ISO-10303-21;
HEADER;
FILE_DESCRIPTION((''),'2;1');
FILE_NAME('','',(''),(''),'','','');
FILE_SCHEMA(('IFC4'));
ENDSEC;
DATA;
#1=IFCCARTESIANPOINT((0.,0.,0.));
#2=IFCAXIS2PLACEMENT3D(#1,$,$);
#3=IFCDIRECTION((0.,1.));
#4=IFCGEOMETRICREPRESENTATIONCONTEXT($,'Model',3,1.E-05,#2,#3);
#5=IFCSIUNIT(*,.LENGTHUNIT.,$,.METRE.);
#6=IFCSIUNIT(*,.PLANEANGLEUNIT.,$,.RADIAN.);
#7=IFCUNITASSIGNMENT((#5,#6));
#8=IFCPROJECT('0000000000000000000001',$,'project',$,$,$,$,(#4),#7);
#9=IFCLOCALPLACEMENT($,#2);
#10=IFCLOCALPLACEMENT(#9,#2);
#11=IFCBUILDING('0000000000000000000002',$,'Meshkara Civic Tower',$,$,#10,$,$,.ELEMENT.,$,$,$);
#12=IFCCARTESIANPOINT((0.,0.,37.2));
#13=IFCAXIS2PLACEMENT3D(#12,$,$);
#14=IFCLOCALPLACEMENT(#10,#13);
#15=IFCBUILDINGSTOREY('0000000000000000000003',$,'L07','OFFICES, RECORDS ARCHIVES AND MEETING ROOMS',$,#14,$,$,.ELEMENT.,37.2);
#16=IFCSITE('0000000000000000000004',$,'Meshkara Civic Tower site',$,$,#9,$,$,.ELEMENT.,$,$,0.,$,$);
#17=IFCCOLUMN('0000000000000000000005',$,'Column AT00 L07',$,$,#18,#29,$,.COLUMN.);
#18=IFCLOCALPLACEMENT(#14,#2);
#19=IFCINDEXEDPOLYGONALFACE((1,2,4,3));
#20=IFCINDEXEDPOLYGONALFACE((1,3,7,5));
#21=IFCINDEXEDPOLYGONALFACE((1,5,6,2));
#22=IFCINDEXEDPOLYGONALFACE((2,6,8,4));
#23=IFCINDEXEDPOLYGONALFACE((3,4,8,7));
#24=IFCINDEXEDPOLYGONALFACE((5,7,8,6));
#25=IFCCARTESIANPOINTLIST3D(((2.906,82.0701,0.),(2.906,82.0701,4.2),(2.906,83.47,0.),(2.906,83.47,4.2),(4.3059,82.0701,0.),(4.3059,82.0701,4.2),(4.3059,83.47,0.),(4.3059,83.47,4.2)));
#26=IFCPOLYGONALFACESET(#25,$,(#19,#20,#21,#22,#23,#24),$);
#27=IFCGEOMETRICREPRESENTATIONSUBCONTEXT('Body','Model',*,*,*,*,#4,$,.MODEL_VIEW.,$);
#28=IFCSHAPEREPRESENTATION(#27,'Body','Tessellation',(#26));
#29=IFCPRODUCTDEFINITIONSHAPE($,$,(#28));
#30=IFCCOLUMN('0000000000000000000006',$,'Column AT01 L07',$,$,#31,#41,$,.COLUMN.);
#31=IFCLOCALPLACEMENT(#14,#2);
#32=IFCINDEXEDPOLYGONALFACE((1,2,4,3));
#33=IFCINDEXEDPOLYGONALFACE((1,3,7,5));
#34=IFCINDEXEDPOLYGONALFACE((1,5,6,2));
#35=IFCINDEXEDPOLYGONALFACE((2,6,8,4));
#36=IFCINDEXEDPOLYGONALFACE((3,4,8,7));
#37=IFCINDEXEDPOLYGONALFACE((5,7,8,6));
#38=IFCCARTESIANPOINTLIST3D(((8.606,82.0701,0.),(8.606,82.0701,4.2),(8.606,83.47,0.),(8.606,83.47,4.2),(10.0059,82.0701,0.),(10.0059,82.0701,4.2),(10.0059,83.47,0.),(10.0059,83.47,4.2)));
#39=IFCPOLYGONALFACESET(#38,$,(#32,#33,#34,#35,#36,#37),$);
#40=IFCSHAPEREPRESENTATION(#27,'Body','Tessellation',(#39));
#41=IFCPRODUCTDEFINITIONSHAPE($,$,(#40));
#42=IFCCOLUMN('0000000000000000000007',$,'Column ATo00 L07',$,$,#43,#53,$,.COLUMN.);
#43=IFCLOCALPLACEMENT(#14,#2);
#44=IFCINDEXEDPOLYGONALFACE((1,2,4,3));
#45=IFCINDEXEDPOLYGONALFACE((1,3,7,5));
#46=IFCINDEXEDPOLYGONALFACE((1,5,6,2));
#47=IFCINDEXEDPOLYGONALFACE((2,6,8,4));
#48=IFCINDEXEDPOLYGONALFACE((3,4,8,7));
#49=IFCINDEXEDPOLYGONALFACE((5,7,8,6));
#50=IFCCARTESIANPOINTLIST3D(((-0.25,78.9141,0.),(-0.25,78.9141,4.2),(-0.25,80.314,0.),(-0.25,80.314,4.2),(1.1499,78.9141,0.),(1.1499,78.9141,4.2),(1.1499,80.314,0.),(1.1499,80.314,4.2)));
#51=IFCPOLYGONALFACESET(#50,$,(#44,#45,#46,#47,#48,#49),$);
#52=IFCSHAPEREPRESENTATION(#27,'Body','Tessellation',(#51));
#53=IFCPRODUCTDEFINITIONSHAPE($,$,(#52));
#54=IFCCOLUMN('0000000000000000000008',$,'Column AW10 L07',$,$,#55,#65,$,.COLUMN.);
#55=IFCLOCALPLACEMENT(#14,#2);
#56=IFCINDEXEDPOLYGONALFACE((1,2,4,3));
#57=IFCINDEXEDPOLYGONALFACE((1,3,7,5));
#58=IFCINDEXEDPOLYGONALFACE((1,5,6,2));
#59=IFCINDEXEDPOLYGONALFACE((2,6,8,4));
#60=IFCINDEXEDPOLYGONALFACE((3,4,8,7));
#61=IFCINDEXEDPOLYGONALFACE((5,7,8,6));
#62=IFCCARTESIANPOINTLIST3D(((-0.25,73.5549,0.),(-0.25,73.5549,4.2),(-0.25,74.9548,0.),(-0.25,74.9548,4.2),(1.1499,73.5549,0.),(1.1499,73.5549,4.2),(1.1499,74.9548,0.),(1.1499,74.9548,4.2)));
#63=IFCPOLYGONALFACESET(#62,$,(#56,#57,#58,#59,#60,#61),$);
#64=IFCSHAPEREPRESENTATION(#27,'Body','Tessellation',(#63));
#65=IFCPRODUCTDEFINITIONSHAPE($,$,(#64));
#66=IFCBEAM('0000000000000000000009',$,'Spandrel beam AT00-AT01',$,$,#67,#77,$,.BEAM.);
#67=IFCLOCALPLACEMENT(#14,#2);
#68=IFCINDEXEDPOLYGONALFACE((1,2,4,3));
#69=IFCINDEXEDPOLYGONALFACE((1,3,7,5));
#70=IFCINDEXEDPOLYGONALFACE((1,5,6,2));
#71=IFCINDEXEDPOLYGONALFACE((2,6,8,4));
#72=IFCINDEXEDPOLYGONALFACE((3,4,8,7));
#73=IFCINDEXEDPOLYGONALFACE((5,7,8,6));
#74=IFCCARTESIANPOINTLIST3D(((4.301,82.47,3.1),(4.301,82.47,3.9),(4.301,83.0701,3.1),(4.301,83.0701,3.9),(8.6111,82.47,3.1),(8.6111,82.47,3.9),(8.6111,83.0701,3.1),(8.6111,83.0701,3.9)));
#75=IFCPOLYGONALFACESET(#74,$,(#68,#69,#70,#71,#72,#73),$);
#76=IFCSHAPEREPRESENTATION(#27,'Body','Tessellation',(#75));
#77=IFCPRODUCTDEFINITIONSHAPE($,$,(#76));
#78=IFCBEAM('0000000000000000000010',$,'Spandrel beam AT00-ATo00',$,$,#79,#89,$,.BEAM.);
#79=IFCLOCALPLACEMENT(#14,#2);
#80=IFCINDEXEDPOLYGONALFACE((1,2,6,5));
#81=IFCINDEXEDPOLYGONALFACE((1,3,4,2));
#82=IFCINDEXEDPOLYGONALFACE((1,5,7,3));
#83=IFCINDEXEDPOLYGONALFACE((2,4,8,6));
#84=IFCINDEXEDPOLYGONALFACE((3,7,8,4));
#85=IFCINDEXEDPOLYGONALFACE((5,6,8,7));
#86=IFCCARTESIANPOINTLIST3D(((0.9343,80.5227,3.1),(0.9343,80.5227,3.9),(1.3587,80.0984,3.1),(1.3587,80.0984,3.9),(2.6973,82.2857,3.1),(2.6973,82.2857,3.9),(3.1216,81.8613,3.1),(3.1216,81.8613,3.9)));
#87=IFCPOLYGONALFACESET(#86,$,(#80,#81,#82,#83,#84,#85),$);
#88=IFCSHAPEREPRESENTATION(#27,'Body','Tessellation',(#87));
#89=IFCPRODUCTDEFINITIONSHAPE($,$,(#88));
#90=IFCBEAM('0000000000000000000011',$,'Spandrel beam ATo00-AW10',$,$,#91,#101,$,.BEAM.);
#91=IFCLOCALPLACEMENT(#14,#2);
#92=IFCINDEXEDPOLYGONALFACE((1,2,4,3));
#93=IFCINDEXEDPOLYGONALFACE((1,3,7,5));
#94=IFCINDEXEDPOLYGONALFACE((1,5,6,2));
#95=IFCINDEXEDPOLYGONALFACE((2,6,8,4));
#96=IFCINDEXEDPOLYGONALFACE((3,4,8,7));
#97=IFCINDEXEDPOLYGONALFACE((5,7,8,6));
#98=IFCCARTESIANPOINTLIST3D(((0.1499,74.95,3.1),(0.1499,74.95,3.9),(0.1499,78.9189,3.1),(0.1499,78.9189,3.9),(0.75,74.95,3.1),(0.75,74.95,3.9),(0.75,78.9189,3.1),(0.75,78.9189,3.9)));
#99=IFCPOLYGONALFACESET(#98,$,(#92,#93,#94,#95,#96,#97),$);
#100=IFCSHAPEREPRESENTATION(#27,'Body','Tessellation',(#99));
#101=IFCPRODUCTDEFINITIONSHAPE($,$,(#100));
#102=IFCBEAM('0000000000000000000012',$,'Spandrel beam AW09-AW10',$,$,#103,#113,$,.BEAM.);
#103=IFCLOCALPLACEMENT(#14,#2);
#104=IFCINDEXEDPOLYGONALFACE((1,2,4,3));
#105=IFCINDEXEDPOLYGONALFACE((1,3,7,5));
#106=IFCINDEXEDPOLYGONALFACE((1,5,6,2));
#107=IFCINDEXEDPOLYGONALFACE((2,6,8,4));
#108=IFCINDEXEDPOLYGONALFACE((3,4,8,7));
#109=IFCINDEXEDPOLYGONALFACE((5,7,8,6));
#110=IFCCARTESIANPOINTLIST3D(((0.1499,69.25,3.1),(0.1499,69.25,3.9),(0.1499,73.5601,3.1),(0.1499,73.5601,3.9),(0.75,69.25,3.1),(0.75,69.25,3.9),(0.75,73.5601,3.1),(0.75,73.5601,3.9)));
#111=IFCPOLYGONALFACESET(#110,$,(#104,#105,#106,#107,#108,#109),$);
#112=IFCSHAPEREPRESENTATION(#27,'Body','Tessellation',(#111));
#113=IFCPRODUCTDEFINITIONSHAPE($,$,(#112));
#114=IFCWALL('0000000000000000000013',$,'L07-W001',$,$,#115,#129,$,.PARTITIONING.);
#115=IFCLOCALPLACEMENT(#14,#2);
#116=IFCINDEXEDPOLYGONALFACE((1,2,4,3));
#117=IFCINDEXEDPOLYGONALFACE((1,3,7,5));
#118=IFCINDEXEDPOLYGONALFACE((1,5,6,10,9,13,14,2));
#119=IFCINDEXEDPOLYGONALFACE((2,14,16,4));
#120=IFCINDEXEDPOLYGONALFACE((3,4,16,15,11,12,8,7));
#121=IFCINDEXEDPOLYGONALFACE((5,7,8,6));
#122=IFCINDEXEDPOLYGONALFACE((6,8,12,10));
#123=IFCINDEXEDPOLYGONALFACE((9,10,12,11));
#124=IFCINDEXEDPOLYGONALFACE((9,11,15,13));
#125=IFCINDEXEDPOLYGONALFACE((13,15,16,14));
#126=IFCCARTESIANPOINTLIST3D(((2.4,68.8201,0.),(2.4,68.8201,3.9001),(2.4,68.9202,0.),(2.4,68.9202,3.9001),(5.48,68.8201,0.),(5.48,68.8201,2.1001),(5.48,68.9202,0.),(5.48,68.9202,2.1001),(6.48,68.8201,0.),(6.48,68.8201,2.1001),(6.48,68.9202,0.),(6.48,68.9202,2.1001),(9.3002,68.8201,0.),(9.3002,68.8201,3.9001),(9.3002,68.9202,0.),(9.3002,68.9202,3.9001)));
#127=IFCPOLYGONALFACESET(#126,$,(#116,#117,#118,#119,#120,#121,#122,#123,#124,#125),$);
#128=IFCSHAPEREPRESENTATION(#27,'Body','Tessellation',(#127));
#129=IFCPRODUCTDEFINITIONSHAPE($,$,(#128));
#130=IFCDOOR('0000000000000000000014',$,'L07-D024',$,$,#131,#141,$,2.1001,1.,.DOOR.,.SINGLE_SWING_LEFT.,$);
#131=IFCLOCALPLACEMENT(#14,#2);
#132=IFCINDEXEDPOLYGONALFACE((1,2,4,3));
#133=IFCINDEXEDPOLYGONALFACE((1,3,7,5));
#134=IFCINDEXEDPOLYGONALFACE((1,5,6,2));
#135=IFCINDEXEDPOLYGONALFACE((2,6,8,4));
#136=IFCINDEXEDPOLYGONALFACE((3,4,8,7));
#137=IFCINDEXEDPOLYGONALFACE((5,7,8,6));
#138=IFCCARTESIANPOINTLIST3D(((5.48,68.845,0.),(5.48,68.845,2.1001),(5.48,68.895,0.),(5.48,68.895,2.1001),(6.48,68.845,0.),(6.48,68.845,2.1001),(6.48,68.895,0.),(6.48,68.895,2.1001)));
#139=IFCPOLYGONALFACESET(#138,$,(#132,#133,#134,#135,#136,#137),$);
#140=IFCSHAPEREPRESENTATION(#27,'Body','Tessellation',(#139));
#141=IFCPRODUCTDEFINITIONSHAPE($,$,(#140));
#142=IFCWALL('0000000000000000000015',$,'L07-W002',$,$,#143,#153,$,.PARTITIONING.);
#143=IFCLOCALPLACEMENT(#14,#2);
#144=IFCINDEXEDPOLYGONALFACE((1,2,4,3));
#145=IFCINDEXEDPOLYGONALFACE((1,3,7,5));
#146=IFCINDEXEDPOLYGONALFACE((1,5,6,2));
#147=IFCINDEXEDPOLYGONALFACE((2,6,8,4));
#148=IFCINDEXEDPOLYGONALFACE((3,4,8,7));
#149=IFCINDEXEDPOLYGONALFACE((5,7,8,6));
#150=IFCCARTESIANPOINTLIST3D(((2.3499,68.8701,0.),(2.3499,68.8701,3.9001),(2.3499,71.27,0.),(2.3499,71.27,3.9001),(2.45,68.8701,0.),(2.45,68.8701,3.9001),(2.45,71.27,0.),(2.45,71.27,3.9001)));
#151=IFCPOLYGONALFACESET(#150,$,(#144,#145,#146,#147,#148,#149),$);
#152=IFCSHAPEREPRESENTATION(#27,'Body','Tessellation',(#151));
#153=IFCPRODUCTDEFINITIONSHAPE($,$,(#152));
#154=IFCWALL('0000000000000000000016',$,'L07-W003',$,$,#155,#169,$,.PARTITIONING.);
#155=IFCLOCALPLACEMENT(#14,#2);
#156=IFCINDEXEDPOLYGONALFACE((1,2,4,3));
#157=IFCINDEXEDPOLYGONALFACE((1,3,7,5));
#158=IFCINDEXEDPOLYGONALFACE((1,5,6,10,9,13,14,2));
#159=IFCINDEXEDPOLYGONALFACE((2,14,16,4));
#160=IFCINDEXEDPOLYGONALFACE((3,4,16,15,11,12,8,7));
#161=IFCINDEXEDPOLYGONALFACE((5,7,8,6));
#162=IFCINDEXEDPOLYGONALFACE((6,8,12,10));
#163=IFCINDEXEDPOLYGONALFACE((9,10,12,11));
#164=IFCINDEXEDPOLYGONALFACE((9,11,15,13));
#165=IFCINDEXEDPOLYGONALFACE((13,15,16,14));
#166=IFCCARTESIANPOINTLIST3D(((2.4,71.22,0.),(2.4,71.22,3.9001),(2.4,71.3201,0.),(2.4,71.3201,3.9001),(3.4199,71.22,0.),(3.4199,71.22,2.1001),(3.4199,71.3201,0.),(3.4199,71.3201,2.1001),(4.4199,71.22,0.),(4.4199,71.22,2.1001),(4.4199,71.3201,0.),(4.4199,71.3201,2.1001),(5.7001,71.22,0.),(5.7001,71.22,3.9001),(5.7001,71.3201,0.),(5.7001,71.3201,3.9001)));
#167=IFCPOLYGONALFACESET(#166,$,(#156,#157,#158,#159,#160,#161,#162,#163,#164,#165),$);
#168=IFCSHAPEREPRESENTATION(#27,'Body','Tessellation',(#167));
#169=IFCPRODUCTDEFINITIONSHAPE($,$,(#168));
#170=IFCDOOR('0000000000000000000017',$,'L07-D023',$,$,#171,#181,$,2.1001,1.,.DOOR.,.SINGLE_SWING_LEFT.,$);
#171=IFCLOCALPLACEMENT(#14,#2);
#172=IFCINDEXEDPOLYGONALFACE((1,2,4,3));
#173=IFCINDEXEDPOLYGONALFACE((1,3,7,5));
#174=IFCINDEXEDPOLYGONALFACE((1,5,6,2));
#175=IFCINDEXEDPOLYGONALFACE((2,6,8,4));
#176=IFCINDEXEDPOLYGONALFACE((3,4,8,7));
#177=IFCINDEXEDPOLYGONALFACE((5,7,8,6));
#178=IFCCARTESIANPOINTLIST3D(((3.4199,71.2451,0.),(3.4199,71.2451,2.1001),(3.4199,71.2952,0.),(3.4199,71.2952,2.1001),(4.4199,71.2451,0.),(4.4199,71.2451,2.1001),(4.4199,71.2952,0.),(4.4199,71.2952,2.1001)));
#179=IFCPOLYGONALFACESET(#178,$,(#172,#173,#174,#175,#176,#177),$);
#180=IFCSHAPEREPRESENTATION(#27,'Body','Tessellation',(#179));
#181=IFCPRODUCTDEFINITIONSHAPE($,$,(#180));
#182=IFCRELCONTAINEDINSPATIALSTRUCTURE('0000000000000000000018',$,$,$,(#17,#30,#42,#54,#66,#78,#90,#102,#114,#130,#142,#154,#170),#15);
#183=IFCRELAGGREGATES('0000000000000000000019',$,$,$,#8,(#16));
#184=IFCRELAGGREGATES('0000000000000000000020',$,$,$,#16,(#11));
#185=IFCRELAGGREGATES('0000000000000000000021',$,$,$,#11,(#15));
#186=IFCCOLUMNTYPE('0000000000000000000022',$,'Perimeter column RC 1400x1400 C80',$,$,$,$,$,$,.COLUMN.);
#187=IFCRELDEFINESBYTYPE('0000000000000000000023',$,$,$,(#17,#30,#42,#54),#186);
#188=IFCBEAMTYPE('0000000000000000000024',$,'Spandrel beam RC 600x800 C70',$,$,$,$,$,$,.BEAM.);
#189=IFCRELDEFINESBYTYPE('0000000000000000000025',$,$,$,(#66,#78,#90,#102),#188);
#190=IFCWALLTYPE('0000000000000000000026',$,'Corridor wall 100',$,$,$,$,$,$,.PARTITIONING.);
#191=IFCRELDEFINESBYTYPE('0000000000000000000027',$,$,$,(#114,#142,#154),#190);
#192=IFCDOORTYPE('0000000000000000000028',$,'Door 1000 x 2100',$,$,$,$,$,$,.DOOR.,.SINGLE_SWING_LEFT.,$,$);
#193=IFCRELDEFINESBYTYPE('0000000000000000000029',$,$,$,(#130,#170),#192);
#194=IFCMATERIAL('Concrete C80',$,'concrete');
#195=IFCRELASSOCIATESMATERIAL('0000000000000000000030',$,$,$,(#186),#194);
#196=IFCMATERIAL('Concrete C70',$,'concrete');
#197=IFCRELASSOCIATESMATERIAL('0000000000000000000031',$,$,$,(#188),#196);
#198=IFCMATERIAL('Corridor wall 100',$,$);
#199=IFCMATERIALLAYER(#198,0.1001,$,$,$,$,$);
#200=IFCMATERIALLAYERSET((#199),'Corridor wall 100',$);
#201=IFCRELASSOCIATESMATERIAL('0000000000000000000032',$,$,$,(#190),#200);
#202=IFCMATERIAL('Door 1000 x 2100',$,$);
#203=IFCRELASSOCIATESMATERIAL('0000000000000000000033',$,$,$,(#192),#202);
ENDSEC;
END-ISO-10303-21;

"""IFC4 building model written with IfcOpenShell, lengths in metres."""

from ifc_helpers import new_model, si_unit, direction, frame, frame_2d, origin, origin_2d, place, context, subcontext, project, spatial, rectangle, extrude, material, layer, layer_set, material_profile, profile_set, type_object, element, fill, save


model = new_model("IFC4")

# Units and contexts
model_context = context("Model", 3, precision=1e-05, world=origin(), true_north=direction((0.0, 1.0)))
body_context = subcontext(model_context, "Body", "Model", "MODEL_VIEW")
ifc_project = project(units=[si_unit("LENGTHUNIT", "METRE"), si_unit("PLANEANGLEUNIT", "RADIAN")], contexts=[model_context])

# Site, building, storey
site_placement = place(None, origin())
site = spatial("IfcSite", under=ifc_project, at=site_placement, Name="Meshkara Civic Tower site", CompositionType="ELEMENT", RefElevation=0.0)
building_placement = place(site_placement, origin())
building = spatial("IfcBuilding", under=site, at=building_placement, Name="Meshkara Civic Tower", CompositionType="ELEMENT")
storey_placement = place(building_placement, frame((0.0, 0.0, 37.2)))
storey = spatial("IfcBuildingStorey", under=building, at=storey_placement, Name="L07", Description="OFFICES, RECORDS ARCHIVES AND MEETING ROOMS", CompositionType="ELEMENT", Elevation=37.2)

# Columns
ifc_material_1 = material(Name="Concrete C80", Category="concrete")
ifc_material_profile_1 = material_profile(ifc_material_1, rectangle(XDim=1.3999, YDim=1.3999, at=origin_2d()))
ifc_profile_set_1 = profile_set([ifc_material_profile_1], Name="Concrete C80")
column_type = type_object("IfcColumnType", Name="Perimeter column RC 1400x1400 C80", PredefinedType="COLUMN", material=ifc_profile_set_1)
for number, where, z_axis, x_axis, name in (
    (1, (3.606, 82.77, 0.0), (0.0, 0.0, 1.0), (1.0, 0.0, 0.0), "Column AT00 L07"),
    (2, (9.3059, 82.77, 0.0), (0.0, 0.0, 1.0), (1.0, 0.0, 0.0), "Column AT01 L07"),
    (3, (0.45, 79.614, 0.0), (0.0, 0.0, 1.0), (1.0, 0.0, 0.0), "Column ATo00 L07"),
    (4, (0.45, 74.2549, 0.0), (0.0, 0.0, 1.0), (1.0, 0.0, 0.0), "Column AW10 L07"),
):
    element("IfcColumn", number, at=place(storey_placement, frame(where, z_axis=z_axis, x_axis=x_axis)), inside=storey, type_object=column_type, Name=name, PredefinedType="COLUMN", context=body_context, shape_type="SweptSolid", body=[
        extrude(rectangle(XDim=1.3999, YDim=1.3999, at=origin_2d()), origin(), (0.0, 0.0, 1.0), 4.2),
    ])

# Beams
ifc_material_2 = material(Name="Concrete C70", Category="concrete")
ifc_material_profile_2 = material_profile(ifc_material_2, rectangle(XDim=0.6001, YDim=0.8, at=origin_2d()))
ifc_profile_set_2 = profile_set([ifc_material_profile_2], Name="Concrete C70")
beam_type = type_object("IfcBeamType", Name="Spandrel beam RC 600x800 C70", PredefinedType="BEAM", material=ifc_profile_set_2)
beam_1_placement = place(storey_placement, frame((8.6111, 82.77, 3.5), z_axis=(-1.0, 0.0, 0.0), x_axis=(0.0, -1.0, 0.0)))
element("IfcBeam", 5, at=beam_1_placement, inside=storey, type_object=beam_type, Name="Spandrel beam AT00-AT01", PredefinedType="BEAM", context=body_context, shape_type="SweptSolid", body=[
    extrude(rectangle(XDim=0.6001, YDim=0.8, at=origin_2d()), origin(), (0.0, 0.0, 1.0), 4.3101),
])
beam_2_placement = place(storey_placement, frame((2.9094, 82.0735, 3.5), z_axis=(-0.707107, -0.707107, 0.0), x_axis=(0.707107, -0.707107, 0.0)))
element("IfcBeam", 6, at=beam_2_placement, inside=storey, type_object=beam_type, Name="Spandrel beam AT00-ATo00", PredefinedType="BEAM", context=body_context, shape_type="SweptSolid", body=[
    extrude(rectangle(XDim=0.6001, YDim=0.8, at=origin_2d()), origin(), (0.0, 0.0, 1.0), 2.4932),
])
beam_3_placement = place(storey_placement, frame((0.45, 78.9189, 3.5), z_axis=(0.0, -1.0, 0.0), x_axis=(1.0, 0.0, 0.0)))
element("IfcBeam", 7, at=beam_3_placement, inside=storey, type_object=beam_type, Name="Spandrel beam ATo00-AW10", PredefinedType="BEAM", context=body_context, shape_type="SweptSolid", body=[
    extrude(rectangle(XDim=0.6001, YDim=0.8, at=origin_2d()), origin(), (0.0, 0.0, 1.0), 3.969),
])
beam_4_placement = place(storey_placement, frame((0.45, 73.5601, 3.5), z_axis=(0.0, -1.0, 0.0), x_axis=(1.0, 0.0, 0.0)))
element("IfcBeam", 8, at=beam_4_placement, inside=storey, type_object=beam_type, Name="Spandrel beam AW09-AW10", PredefinedType="BEAM", context=body_context, shape_type="SweptSolid", body=[
    extrude(rectangle(XDim=0.6001, YDim=0.8, at=origin_2d()), origin(), (0.0, 0.0, 1.0), 4.3101),
])

# Wall, opening, door
ifc_material_3 = material(Name="Corridor wall 100")
ifc_layer_1 = layer(ifc_material_3, 0.1001)
ifc_layer_set_1 = layer_set([ifc_layer_1], Name="Corridor wall 100")
wall_type_1 = type_object("IfcWallType", Name="Corridor wall 100", PredefinedType="PARTITIONING", material=ifc_layer_set_1)
wall_1_placement = place(storey_placement, frame((2.3999, 68.8701, 0.0), z_axis=(0.0, 0.0, 1.0), x_axis=(1.0, 0.0, 0.0)))
wall_1 = element("IfcWall", 9, at=wall_1_placement, inside=storey, type_object=wall_type_1, Name="L07-W001", PredefinedType="PARTITIONING", context=body_context, shape_type="SweptSolid", body=[
    extrude(rectangle(XDim=6.9001, YDim=0.1001, at=frame_2d((3.4502, 0.0))), origin(), (0.0, 0.0, 1.0), 3.9001),
])
opening_1_placement = place(wall_1_placement, frame((3.0801, 0.0, 0.0)))
opening_1 = element("IfcOpeningElement", 10, at=opening_1_placement, cuts=wall_1, PredefinedType="OPENING", context=body_context, shape_type="SweptSolid", body=[
    extrude(rectangle(XDim=1.0, YDim=2.1001, at=frame_2d((0.5, 1.05))), frame((0.0, 0.0601, 0.0), z_axis=(0.0, -1.0, 0.0), x_axis=(1.0, 0.0, 0.0)), (0.0, 0.0, 1.0), 0.1201),
])
ifc_material_4 = material(Name="Door 1000 x 2100")
door_type_1 = type_object("IfcDoorType", Name="Door 1000 x 2100", OperationType="SINGLE_SWING_LEFT", PredefinedType="DOOR", material=ifc_material_4)
door_1_placement = place(opening_1_placement, origin())
door_1 = element("IfcDoor", 11, at=door_1_placement, inside=storey, type_object=door_type_1, Name="L07-D024", OperationType="SINGLE_SWING_LEFT", OverallHeight=2.1001, OverallWidth=1.0, PredefinedType="DOOR", context=body_context, shape_type="SweptSolid", body=[
    extrude(rectangle(XDim=1.0, YDim=2.1001, at=frame_2d((0.5, 1.05))), frame((0.0, 0.0249, 0.0), z_axis=(0.0, -1.0, 0.0), x_axis=(1.0, 0.0, 0.0)), (0.0, 0.0, 1.0), 0.05),
])
fill(opening_1, door_1)

# Wall
wall_2_placement = place(storey_placement, frame((2.3999, 71.27, 0.0), z_axis=(0.0, 0.0, 1.0), x_axis=(0.0, -1.0, 0.0)))
element("IfcWall", 12, at=wall_2_placement, inside=storey, type_object=wall_type_1, Name="L07-W002", PredefinedType="PARTITIONING", context=body_context, shape_type="SweptSolid", body=[
    extrude(rectangle(XDim=2.3999, YDim=0.1001, at=frame_2d((1.2, 0.0))), origin(), (0.0, 0.0, 1.0), 3.9001),
])

# Wall, opening, door
wall_3_placement = place(storey_placement, frame((5.7, 71.27, 0.0), z_axis=(0.0, 0.0, 1.0), x_axis=(-1.0, 0.0, 0.0)))
wall_3 = element("IfcWall", 13, at=wall_3_placement, inside=storey, type_object=wall_type_1, Name="L07-W003", PredefinedType="PARTITIONING", context=body_context, shape_type="SweptSolid", body=[
    extrude(rectangle(XDim=3.3, YDim=0.1001, at=frame_2d((1.6499, 0.0))), origin(), (0.0, 0.0, 1.0), 3.9001),
])
opening_2_placement = place(wall_3_placement, frame((1.28, 0.0, 0.0)))
opening_2 = element("IfcOpeningElement", 14, at=opening_2_placement, cuts=wall_3, PredefinedType="OPENING", context=body_context, shape_type="SweptSolid", body=[
    extrude(rectangle(XDim=1.0, YDim=2.1001, at=frame_2d((0.5, 1.05))), frame((0.0, 0.0601, 0.0), z_axis=(0.0, -1.0, 0.0), x_axis=(1.0, 0.0, 0.0)), (0.0, 0.0, 1.0), 0.1201),
])
door_2_placement = place(opening_2_placement, origin())
door_2 = element("IfcDoor", 15, at=door_2_placement, inside=storey, type_object=door_type_1, Name="L07-D023", OperationType="SINGLE_SWING_LEFT", OverallHeight=2.1001, OverallWidth=1.0, PredefinedType="DOOR", context=body_context, shape_type="SweptSolid", body=[
    extrude(rectangle(XDim=1.0, YDim=2.1001, at=frame_2d((0.5, 1.05))), frame((0.0, 0.0249, 0.0), z_axis=(0.0, -1.0, 0.0), x_axis=(1.0, 0.0, 0.0)), (0.0, 0.0, 1.0), 0.05),
])
fill(opening_2, door_2)

save(model, "model.ifc")
